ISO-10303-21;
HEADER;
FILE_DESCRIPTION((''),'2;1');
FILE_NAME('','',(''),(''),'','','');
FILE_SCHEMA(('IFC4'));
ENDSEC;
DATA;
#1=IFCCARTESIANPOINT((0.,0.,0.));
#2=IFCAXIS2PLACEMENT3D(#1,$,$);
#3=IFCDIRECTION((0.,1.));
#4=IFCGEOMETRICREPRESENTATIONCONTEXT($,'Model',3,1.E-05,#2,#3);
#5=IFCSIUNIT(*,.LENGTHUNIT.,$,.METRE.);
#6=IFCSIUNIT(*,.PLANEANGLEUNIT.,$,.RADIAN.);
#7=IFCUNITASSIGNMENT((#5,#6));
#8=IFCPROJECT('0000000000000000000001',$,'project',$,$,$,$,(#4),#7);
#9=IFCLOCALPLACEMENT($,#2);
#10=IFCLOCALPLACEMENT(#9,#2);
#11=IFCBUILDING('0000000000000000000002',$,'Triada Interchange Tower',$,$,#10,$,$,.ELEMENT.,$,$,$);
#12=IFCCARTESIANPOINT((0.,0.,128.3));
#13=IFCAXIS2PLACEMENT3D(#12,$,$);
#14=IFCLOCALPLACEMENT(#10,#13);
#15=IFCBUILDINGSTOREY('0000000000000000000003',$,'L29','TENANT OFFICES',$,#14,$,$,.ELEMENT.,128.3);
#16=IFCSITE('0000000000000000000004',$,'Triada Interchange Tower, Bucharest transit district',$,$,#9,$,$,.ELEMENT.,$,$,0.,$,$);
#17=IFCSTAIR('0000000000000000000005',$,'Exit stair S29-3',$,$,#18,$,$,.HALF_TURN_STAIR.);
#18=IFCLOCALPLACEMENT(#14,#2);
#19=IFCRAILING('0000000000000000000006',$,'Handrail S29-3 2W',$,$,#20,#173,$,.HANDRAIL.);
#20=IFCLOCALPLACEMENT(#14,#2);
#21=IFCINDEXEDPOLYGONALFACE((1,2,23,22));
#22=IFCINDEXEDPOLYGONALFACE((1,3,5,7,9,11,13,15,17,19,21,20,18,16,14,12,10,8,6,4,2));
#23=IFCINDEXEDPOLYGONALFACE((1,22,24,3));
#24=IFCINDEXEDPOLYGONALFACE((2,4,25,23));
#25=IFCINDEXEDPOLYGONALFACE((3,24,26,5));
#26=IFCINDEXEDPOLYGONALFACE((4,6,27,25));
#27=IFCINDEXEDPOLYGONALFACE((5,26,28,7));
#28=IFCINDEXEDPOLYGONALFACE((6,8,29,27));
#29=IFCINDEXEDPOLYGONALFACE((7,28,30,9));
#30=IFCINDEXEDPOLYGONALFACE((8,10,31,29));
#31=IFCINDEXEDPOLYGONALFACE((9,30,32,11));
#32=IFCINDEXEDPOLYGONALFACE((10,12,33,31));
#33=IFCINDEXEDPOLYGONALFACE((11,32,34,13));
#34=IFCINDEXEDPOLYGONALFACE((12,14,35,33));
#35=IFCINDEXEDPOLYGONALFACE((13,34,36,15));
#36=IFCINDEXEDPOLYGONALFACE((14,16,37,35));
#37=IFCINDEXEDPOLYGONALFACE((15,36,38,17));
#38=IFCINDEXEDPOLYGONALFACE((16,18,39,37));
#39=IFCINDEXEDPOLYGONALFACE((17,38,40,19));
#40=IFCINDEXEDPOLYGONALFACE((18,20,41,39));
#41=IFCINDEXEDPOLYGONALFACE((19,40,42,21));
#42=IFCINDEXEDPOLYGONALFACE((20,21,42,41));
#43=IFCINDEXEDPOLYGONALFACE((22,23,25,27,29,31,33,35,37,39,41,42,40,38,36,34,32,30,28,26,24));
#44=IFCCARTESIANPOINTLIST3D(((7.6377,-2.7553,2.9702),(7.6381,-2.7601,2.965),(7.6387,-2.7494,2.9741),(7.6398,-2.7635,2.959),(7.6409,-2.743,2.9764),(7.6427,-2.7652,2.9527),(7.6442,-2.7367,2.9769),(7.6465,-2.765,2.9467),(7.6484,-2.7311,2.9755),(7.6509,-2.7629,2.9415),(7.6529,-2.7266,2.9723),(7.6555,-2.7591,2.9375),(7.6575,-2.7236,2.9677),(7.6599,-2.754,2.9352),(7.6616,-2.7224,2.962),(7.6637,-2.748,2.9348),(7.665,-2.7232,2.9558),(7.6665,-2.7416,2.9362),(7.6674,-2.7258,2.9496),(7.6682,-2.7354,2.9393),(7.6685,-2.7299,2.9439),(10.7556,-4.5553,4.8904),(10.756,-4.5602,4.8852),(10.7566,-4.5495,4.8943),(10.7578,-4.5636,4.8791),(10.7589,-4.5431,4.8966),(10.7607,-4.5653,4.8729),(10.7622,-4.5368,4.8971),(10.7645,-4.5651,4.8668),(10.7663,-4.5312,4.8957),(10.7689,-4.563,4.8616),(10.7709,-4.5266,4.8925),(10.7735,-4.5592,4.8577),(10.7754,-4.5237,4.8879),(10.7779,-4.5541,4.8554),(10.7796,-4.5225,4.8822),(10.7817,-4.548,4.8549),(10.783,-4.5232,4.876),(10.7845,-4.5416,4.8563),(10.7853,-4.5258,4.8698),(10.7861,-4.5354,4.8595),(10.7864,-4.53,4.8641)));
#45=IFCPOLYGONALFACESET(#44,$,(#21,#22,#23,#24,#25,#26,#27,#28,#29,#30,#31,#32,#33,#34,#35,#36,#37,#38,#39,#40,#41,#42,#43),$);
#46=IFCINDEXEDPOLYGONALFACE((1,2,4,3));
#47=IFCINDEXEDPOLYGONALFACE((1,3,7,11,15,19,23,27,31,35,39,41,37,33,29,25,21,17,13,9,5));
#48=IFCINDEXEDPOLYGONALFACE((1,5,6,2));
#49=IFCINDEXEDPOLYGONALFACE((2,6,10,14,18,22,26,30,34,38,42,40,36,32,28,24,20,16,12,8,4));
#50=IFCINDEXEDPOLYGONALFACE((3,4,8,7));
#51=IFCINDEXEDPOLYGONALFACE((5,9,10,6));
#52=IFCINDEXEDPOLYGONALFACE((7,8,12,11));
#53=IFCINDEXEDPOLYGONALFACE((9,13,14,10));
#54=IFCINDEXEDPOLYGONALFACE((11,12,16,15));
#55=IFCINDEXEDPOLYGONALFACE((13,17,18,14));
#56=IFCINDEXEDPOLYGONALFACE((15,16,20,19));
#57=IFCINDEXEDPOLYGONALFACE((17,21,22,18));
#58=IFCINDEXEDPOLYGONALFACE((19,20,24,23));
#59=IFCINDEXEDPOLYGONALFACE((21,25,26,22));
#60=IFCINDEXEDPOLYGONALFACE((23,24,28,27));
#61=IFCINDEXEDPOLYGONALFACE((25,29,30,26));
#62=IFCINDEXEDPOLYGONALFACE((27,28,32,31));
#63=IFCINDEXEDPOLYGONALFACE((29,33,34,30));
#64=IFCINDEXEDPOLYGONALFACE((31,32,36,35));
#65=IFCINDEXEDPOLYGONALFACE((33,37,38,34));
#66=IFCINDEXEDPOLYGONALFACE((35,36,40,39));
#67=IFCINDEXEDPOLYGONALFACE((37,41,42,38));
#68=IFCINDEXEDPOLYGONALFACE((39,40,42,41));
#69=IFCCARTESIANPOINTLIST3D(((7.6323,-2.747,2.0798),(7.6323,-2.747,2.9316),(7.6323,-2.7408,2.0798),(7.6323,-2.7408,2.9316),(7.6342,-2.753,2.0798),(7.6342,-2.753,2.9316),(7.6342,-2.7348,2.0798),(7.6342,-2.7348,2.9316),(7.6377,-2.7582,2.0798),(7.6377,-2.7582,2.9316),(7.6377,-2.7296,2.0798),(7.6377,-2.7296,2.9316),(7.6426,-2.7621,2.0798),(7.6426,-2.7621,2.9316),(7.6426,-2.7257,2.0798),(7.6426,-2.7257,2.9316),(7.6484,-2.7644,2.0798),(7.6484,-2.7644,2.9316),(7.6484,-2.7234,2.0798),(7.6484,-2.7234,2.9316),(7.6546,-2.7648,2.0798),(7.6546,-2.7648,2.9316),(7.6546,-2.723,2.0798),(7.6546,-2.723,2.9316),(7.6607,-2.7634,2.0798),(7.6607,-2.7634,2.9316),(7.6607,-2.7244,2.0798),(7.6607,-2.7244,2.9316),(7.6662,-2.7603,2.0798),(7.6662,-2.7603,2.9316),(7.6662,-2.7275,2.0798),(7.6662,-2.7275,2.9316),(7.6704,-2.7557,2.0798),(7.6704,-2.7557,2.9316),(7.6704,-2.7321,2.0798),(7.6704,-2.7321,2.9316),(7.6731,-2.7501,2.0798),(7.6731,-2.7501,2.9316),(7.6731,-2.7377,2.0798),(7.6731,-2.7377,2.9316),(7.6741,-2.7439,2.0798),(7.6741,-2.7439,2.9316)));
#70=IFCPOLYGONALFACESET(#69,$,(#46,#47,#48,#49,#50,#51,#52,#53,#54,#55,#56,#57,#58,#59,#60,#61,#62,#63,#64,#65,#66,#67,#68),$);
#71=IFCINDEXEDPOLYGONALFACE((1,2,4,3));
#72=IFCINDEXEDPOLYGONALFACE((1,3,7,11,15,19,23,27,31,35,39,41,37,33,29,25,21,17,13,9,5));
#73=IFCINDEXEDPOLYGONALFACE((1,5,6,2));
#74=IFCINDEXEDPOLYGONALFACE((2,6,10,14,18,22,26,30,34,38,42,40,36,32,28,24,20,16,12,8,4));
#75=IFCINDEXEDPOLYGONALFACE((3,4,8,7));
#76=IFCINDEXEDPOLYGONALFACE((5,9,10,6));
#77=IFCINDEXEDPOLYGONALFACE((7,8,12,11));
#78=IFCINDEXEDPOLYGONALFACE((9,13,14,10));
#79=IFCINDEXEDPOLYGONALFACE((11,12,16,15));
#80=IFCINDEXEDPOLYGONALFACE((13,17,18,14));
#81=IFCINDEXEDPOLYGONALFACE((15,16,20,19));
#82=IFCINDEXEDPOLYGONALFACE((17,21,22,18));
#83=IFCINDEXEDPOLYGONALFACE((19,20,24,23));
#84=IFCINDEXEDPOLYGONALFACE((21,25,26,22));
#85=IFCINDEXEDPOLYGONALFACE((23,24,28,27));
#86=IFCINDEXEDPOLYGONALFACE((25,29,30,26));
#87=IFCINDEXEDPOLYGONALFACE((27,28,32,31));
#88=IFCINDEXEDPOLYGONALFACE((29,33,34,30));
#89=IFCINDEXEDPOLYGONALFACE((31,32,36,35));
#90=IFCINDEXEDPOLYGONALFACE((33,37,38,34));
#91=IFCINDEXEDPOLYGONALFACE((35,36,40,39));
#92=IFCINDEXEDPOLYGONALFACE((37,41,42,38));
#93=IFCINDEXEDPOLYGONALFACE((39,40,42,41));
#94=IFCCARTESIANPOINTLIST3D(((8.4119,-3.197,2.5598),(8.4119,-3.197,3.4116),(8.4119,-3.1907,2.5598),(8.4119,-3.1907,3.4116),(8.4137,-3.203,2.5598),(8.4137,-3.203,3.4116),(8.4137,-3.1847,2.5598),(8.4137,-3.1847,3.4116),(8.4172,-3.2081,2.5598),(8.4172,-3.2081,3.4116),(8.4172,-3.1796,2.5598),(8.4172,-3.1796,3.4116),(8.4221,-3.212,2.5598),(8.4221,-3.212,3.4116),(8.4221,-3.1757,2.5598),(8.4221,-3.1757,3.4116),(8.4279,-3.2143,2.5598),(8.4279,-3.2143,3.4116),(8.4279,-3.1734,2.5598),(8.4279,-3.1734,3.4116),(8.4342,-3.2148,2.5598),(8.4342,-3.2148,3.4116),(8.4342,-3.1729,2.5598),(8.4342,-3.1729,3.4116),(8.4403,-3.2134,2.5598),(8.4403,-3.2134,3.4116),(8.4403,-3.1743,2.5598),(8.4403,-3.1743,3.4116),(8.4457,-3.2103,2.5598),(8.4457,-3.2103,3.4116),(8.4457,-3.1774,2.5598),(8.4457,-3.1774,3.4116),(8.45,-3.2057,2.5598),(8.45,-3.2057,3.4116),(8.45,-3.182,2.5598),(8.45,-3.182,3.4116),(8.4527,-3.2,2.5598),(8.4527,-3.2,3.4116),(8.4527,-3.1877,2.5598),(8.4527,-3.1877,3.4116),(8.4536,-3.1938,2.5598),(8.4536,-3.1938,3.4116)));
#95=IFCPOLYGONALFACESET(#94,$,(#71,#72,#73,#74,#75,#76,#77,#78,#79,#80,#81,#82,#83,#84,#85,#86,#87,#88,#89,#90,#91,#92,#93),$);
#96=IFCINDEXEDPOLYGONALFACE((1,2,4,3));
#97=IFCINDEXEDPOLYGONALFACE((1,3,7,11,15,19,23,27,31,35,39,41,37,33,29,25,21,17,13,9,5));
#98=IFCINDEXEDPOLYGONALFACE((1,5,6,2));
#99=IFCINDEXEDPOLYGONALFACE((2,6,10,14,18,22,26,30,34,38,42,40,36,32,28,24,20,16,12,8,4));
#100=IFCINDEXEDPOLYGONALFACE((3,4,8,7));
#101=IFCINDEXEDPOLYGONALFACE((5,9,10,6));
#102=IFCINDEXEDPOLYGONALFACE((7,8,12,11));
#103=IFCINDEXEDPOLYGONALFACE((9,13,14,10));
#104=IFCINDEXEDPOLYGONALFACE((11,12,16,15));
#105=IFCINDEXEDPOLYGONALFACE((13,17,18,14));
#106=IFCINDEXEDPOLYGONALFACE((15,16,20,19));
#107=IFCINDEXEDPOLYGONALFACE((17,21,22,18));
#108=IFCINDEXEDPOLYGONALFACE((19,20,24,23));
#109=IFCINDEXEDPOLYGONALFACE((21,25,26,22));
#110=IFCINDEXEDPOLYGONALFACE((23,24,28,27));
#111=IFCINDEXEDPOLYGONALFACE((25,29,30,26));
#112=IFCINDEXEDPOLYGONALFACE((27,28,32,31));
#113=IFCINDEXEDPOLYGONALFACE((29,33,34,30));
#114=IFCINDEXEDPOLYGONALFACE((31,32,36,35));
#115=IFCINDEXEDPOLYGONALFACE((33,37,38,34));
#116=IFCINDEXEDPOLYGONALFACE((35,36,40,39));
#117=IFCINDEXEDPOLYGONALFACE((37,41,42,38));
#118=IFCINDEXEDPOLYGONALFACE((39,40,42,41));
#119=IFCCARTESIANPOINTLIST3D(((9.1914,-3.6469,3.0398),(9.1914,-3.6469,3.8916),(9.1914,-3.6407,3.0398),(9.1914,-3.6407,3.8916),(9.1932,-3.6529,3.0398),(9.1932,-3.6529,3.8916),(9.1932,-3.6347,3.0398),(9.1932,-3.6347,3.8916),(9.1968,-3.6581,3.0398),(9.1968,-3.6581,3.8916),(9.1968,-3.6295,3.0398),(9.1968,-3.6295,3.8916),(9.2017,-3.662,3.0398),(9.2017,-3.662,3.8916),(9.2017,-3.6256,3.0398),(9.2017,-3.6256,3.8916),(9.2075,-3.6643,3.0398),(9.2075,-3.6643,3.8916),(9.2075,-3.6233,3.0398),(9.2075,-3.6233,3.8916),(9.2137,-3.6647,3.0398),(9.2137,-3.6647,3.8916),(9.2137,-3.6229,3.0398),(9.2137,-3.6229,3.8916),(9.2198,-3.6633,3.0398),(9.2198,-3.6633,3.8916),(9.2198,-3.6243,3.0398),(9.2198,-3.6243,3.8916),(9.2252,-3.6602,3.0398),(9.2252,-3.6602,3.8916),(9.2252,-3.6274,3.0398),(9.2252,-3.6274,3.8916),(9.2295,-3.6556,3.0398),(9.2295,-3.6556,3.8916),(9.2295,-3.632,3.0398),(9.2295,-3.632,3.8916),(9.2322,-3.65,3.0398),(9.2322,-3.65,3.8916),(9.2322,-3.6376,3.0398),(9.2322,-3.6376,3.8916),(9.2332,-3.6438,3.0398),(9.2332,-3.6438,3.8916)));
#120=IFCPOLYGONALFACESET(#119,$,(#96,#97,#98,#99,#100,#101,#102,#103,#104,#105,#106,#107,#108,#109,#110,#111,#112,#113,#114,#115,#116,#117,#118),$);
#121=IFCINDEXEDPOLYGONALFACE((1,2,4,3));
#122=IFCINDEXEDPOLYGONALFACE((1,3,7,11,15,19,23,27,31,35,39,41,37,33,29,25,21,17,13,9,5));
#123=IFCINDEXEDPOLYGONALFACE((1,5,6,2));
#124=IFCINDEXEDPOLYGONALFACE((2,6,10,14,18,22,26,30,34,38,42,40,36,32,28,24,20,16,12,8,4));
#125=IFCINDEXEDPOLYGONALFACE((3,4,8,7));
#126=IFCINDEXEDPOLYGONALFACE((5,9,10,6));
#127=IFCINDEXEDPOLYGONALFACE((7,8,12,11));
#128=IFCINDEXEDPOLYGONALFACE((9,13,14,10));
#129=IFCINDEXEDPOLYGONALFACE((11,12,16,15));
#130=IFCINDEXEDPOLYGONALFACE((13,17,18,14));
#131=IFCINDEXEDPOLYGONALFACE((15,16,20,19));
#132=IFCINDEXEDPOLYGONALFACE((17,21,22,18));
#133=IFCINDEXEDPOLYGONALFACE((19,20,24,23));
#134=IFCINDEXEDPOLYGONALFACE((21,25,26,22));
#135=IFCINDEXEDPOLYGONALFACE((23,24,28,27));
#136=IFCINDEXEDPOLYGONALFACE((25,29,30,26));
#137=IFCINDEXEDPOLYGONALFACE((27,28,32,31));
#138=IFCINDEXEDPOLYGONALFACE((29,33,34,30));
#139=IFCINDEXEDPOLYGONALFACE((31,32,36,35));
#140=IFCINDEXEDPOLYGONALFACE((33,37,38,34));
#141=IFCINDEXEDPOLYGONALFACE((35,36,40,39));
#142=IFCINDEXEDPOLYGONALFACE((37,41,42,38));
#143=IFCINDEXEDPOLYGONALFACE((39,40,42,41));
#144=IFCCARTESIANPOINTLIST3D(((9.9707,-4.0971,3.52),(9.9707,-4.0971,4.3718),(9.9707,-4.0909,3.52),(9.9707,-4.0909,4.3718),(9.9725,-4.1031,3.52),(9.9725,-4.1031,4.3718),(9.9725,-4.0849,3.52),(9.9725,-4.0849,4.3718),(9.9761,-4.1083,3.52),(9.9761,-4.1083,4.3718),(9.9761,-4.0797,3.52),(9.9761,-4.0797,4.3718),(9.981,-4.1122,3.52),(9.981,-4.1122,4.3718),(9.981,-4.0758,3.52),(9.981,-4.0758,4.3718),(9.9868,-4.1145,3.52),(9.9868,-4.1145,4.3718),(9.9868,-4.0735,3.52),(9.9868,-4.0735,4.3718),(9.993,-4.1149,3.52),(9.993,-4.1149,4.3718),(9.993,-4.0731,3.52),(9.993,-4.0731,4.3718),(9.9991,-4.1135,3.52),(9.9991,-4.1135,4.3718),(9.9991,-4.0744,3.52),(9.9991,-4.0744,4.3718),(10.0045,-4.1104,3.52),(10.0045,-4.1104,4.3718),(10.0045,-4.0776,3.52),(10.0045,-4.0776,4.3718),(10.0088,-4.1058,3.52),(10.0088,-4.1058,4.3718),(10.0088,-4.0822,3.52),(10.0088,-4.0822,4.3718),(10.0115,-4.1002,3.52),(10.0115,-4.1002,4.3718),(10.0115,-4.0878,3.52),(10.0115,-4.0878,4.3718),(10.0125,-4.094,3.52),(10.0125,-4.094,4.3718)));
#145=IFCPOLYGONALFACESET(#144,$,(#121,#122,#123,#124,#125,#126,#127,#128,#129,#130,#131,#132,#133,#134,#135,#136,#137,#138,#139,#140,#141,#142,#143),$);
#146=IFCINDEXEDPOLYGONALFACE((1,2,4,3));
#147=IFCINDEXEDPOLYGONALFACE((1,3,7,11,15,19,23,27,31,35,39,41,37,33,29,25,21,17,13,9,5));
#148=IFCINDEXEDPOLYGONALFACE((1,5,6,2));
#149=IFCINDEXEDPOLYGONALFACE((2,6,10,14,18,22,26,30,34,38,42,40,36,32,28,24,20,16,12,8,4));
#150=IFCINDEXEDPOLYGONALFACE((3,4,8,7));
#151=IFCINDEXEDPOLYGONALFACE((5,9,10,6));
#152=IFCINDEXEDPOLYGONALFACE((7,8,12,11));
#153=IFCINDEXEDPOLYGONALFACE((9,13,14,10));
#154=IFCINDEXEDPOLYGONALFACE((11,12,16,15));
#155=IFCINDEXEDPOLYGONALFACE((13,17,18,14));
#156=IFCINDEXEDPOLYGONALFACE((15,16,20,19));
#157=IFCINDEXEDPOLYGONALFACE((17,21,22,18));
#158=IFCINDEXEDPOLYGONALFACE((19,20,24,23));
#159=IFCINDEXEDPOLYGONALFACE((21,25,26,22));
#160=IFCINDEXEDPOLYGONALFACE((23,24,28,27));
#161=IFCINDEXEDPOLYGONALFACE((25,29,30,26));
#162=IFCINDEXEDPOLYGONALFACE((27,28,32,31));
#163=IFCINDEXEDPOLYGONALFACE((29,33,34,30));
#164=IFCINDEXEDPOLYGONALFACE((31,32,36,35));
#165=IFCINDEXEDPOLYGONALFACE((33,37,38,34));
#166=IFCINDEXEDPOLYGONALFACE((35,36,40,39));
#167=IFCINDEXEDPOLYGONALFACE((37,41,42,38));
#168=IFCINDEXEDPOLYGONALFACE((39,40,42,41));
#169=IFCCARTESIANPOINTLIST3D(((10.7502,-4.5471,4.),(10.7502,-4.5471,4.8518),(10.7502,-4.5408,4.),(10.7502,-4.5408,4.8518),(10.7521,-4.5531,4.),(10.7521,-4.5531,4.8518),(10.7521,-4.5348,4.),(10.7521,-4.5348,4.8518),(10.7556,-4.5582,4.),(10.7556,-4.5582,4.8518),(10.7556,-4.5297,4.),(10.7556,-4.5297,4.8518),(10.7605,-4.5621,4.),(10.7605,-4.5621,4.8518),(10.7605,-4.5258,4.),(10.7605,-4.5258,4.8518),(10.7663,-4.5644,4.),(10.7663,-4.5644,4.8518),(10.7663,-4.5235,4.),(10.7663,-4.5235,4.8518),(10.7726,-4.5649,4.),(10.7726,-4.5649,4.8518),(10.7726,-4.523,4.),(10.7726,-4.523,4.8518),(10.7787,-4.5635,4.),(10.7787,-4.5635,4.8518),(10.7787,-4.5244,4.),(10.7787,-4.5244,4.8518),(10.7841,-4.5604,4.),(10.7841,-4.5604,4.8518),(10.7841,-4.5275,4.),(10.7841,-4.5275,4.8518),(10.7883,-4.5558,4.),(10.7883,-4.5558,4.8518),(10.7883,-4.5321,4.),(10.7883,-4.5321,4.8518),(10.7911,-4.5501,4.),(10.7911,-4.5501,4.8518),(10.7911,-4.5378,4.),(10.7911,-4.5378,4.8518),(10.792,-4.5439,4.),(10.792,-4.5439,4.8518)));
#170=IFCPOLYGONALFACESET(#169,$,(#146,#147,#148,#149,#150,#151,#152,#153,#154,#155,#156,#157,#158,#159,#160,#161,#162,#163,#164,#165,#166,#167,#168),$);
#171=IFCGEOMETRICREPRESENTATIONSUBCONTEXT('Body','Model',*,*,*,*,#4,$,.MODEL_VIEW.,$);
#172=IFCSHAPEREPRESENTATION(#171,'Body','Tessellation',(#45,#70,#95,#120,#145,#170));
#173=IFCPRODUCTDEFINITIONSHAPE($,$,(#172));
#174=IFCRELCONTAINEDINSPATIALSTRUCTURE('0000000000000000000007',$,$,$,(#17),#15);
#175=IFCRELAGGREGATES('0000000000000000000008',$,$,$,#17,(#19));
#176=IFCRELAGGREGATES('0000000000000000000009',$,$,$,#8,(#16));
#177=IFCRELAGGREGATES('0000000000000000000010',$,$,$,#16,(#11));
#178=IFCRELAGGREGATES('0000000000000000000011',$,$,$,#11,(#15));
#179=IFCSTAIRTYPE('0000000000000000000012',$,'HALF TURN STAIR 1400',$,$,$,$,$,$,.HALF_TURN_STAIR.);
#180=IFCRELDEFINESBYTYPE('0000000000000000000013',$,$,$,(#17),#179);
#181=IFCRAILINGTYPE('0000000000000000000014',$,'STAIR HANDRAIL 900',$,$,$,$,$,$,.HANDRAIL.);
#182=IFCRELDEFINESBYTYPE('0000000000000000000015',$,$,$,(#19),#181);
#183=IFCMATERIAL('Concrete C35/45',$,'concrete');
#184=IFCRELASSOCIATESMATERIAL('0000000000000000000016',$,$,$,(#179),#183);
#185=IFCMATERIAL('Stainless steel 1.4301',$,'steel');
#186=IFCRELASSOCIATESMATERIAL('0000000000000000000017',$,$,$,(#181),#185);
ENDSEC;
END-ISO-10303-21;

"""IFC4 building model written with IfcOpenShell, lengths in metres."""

from ifc_helpers import new_model, si_unit, direction, frame, origin, origin_2d, place, context, subcontext, project, spatial, circle, extrude, material, type_object, element, aggregate, save


model = new_model("IFC4")

# Units and contexts
model_context = context("Model", 3, precision=1e-05, world=origin(), true_north=direction((0.0, 1.0)))
body_context = subcontext(model_context, "Body", "Model", "MODEL_VIEW")
ifc_project = project(units=[si_unit("LENGTHUNIT", "METRE"), si_unit("PLANEANGLEUNIT", "RADIAN")], contexts=[model_context])

# Site, building, storey
site_placement = place(None, origin())
site = spatial("IfcSite", under=ifc_project, at=site_placement, Name="Triada Interchange Tower, Bucharest transit district", CompositionType="ELEMENT", RefElevation=0.0)
building_placement = place(site_placement, origin())
building = spatial("IfcBuilding", under=site, at=building_placement, Name="Triada Interchange Tower", CompositionType="ELEMENT")
storey_placement = place(building_placement, frame((0.0, 0.0, 128.3)))
storey = spatial("IfcBuildingStorey", under=building, at=storey_placement, Name="L29", Description="TENANT OFFICES", CompositionType="ELEMENT", Elevation=128.3)

# Stair, railing
ifc_material_1 = material(Name="Concrete C35/45", Category="concrete")
stair_type = type_object("IfcStairType", Name="HALF TURN STAIR 1400", PredefinedType="HALF_TURN_STAIR", material=ifc_material_1)
stair_placement = place(storey_placement, origin())
stair = element("IfcStair", 1, at=stair_placement, inside=storey, type_object=stair_type, Name="Exit stair S29-3", PredefinedType="HALF_TURN_STAIR")
ifc_material_2 = material(Name="Stainless steel 1.4301", Category="steel")
railing_type = type_object("IfcRailingType", Name="STAIR HANDRAIL 900", PredefinedType="HANDRAIL", material=ifc_material_2)
railing_1_placement = place(storey_placement, frame((7.6531, -2.7439, 2.0798)))
railing_1 = element("IfcRailing", 2, at=railing_1_placement, type_object=railing_type, Name="Handrail S29-3 2W", PredefinedType="HANDRAIL", context=body_context, shape_type="SweptSolid", body=[
    extrude(circle(Radius=0.0239, at=origin_2d()), frame((0.0, 0.0, 0.876), z_axis=(0.764145, -0.441159, 0.470597), x_axis=(0.499983, 0.866035, 0.0)), (0.0, 0.0, 1.0), 4.0803),
    extrude(circle(Radius=0.021, at=origin_2d()), origin(), (0.0, 0.0, 1.0), 0.8518),
    extrude(circle(Radius=0.021, at=origin_2d()), frame((0.7795, -0.45, 0.48)), (0.0, 0.0, 1.0), 0.8518),
    extrude(circle(Radius=0.021, at=origin_2d()), frame((1.5591, -0.8999, 0.96)), (0.0, 0.0, 1.0), 0.8518),
    extrude(circle(Radius=0.021, at=origin_2d()), frame((2.3384, -1.3501, 1.4402)), (0.0, 0.0, 1.0), 0.8518),
    extrude(circle(Radius=0.021, at=origin_2d()), frame((3.1179, -1.8, 1.9202)), (0.0, 0.0, 1.0), 0.8518),
])
aggregate(stair, [railing_1])

save(model, "model.ifc")
